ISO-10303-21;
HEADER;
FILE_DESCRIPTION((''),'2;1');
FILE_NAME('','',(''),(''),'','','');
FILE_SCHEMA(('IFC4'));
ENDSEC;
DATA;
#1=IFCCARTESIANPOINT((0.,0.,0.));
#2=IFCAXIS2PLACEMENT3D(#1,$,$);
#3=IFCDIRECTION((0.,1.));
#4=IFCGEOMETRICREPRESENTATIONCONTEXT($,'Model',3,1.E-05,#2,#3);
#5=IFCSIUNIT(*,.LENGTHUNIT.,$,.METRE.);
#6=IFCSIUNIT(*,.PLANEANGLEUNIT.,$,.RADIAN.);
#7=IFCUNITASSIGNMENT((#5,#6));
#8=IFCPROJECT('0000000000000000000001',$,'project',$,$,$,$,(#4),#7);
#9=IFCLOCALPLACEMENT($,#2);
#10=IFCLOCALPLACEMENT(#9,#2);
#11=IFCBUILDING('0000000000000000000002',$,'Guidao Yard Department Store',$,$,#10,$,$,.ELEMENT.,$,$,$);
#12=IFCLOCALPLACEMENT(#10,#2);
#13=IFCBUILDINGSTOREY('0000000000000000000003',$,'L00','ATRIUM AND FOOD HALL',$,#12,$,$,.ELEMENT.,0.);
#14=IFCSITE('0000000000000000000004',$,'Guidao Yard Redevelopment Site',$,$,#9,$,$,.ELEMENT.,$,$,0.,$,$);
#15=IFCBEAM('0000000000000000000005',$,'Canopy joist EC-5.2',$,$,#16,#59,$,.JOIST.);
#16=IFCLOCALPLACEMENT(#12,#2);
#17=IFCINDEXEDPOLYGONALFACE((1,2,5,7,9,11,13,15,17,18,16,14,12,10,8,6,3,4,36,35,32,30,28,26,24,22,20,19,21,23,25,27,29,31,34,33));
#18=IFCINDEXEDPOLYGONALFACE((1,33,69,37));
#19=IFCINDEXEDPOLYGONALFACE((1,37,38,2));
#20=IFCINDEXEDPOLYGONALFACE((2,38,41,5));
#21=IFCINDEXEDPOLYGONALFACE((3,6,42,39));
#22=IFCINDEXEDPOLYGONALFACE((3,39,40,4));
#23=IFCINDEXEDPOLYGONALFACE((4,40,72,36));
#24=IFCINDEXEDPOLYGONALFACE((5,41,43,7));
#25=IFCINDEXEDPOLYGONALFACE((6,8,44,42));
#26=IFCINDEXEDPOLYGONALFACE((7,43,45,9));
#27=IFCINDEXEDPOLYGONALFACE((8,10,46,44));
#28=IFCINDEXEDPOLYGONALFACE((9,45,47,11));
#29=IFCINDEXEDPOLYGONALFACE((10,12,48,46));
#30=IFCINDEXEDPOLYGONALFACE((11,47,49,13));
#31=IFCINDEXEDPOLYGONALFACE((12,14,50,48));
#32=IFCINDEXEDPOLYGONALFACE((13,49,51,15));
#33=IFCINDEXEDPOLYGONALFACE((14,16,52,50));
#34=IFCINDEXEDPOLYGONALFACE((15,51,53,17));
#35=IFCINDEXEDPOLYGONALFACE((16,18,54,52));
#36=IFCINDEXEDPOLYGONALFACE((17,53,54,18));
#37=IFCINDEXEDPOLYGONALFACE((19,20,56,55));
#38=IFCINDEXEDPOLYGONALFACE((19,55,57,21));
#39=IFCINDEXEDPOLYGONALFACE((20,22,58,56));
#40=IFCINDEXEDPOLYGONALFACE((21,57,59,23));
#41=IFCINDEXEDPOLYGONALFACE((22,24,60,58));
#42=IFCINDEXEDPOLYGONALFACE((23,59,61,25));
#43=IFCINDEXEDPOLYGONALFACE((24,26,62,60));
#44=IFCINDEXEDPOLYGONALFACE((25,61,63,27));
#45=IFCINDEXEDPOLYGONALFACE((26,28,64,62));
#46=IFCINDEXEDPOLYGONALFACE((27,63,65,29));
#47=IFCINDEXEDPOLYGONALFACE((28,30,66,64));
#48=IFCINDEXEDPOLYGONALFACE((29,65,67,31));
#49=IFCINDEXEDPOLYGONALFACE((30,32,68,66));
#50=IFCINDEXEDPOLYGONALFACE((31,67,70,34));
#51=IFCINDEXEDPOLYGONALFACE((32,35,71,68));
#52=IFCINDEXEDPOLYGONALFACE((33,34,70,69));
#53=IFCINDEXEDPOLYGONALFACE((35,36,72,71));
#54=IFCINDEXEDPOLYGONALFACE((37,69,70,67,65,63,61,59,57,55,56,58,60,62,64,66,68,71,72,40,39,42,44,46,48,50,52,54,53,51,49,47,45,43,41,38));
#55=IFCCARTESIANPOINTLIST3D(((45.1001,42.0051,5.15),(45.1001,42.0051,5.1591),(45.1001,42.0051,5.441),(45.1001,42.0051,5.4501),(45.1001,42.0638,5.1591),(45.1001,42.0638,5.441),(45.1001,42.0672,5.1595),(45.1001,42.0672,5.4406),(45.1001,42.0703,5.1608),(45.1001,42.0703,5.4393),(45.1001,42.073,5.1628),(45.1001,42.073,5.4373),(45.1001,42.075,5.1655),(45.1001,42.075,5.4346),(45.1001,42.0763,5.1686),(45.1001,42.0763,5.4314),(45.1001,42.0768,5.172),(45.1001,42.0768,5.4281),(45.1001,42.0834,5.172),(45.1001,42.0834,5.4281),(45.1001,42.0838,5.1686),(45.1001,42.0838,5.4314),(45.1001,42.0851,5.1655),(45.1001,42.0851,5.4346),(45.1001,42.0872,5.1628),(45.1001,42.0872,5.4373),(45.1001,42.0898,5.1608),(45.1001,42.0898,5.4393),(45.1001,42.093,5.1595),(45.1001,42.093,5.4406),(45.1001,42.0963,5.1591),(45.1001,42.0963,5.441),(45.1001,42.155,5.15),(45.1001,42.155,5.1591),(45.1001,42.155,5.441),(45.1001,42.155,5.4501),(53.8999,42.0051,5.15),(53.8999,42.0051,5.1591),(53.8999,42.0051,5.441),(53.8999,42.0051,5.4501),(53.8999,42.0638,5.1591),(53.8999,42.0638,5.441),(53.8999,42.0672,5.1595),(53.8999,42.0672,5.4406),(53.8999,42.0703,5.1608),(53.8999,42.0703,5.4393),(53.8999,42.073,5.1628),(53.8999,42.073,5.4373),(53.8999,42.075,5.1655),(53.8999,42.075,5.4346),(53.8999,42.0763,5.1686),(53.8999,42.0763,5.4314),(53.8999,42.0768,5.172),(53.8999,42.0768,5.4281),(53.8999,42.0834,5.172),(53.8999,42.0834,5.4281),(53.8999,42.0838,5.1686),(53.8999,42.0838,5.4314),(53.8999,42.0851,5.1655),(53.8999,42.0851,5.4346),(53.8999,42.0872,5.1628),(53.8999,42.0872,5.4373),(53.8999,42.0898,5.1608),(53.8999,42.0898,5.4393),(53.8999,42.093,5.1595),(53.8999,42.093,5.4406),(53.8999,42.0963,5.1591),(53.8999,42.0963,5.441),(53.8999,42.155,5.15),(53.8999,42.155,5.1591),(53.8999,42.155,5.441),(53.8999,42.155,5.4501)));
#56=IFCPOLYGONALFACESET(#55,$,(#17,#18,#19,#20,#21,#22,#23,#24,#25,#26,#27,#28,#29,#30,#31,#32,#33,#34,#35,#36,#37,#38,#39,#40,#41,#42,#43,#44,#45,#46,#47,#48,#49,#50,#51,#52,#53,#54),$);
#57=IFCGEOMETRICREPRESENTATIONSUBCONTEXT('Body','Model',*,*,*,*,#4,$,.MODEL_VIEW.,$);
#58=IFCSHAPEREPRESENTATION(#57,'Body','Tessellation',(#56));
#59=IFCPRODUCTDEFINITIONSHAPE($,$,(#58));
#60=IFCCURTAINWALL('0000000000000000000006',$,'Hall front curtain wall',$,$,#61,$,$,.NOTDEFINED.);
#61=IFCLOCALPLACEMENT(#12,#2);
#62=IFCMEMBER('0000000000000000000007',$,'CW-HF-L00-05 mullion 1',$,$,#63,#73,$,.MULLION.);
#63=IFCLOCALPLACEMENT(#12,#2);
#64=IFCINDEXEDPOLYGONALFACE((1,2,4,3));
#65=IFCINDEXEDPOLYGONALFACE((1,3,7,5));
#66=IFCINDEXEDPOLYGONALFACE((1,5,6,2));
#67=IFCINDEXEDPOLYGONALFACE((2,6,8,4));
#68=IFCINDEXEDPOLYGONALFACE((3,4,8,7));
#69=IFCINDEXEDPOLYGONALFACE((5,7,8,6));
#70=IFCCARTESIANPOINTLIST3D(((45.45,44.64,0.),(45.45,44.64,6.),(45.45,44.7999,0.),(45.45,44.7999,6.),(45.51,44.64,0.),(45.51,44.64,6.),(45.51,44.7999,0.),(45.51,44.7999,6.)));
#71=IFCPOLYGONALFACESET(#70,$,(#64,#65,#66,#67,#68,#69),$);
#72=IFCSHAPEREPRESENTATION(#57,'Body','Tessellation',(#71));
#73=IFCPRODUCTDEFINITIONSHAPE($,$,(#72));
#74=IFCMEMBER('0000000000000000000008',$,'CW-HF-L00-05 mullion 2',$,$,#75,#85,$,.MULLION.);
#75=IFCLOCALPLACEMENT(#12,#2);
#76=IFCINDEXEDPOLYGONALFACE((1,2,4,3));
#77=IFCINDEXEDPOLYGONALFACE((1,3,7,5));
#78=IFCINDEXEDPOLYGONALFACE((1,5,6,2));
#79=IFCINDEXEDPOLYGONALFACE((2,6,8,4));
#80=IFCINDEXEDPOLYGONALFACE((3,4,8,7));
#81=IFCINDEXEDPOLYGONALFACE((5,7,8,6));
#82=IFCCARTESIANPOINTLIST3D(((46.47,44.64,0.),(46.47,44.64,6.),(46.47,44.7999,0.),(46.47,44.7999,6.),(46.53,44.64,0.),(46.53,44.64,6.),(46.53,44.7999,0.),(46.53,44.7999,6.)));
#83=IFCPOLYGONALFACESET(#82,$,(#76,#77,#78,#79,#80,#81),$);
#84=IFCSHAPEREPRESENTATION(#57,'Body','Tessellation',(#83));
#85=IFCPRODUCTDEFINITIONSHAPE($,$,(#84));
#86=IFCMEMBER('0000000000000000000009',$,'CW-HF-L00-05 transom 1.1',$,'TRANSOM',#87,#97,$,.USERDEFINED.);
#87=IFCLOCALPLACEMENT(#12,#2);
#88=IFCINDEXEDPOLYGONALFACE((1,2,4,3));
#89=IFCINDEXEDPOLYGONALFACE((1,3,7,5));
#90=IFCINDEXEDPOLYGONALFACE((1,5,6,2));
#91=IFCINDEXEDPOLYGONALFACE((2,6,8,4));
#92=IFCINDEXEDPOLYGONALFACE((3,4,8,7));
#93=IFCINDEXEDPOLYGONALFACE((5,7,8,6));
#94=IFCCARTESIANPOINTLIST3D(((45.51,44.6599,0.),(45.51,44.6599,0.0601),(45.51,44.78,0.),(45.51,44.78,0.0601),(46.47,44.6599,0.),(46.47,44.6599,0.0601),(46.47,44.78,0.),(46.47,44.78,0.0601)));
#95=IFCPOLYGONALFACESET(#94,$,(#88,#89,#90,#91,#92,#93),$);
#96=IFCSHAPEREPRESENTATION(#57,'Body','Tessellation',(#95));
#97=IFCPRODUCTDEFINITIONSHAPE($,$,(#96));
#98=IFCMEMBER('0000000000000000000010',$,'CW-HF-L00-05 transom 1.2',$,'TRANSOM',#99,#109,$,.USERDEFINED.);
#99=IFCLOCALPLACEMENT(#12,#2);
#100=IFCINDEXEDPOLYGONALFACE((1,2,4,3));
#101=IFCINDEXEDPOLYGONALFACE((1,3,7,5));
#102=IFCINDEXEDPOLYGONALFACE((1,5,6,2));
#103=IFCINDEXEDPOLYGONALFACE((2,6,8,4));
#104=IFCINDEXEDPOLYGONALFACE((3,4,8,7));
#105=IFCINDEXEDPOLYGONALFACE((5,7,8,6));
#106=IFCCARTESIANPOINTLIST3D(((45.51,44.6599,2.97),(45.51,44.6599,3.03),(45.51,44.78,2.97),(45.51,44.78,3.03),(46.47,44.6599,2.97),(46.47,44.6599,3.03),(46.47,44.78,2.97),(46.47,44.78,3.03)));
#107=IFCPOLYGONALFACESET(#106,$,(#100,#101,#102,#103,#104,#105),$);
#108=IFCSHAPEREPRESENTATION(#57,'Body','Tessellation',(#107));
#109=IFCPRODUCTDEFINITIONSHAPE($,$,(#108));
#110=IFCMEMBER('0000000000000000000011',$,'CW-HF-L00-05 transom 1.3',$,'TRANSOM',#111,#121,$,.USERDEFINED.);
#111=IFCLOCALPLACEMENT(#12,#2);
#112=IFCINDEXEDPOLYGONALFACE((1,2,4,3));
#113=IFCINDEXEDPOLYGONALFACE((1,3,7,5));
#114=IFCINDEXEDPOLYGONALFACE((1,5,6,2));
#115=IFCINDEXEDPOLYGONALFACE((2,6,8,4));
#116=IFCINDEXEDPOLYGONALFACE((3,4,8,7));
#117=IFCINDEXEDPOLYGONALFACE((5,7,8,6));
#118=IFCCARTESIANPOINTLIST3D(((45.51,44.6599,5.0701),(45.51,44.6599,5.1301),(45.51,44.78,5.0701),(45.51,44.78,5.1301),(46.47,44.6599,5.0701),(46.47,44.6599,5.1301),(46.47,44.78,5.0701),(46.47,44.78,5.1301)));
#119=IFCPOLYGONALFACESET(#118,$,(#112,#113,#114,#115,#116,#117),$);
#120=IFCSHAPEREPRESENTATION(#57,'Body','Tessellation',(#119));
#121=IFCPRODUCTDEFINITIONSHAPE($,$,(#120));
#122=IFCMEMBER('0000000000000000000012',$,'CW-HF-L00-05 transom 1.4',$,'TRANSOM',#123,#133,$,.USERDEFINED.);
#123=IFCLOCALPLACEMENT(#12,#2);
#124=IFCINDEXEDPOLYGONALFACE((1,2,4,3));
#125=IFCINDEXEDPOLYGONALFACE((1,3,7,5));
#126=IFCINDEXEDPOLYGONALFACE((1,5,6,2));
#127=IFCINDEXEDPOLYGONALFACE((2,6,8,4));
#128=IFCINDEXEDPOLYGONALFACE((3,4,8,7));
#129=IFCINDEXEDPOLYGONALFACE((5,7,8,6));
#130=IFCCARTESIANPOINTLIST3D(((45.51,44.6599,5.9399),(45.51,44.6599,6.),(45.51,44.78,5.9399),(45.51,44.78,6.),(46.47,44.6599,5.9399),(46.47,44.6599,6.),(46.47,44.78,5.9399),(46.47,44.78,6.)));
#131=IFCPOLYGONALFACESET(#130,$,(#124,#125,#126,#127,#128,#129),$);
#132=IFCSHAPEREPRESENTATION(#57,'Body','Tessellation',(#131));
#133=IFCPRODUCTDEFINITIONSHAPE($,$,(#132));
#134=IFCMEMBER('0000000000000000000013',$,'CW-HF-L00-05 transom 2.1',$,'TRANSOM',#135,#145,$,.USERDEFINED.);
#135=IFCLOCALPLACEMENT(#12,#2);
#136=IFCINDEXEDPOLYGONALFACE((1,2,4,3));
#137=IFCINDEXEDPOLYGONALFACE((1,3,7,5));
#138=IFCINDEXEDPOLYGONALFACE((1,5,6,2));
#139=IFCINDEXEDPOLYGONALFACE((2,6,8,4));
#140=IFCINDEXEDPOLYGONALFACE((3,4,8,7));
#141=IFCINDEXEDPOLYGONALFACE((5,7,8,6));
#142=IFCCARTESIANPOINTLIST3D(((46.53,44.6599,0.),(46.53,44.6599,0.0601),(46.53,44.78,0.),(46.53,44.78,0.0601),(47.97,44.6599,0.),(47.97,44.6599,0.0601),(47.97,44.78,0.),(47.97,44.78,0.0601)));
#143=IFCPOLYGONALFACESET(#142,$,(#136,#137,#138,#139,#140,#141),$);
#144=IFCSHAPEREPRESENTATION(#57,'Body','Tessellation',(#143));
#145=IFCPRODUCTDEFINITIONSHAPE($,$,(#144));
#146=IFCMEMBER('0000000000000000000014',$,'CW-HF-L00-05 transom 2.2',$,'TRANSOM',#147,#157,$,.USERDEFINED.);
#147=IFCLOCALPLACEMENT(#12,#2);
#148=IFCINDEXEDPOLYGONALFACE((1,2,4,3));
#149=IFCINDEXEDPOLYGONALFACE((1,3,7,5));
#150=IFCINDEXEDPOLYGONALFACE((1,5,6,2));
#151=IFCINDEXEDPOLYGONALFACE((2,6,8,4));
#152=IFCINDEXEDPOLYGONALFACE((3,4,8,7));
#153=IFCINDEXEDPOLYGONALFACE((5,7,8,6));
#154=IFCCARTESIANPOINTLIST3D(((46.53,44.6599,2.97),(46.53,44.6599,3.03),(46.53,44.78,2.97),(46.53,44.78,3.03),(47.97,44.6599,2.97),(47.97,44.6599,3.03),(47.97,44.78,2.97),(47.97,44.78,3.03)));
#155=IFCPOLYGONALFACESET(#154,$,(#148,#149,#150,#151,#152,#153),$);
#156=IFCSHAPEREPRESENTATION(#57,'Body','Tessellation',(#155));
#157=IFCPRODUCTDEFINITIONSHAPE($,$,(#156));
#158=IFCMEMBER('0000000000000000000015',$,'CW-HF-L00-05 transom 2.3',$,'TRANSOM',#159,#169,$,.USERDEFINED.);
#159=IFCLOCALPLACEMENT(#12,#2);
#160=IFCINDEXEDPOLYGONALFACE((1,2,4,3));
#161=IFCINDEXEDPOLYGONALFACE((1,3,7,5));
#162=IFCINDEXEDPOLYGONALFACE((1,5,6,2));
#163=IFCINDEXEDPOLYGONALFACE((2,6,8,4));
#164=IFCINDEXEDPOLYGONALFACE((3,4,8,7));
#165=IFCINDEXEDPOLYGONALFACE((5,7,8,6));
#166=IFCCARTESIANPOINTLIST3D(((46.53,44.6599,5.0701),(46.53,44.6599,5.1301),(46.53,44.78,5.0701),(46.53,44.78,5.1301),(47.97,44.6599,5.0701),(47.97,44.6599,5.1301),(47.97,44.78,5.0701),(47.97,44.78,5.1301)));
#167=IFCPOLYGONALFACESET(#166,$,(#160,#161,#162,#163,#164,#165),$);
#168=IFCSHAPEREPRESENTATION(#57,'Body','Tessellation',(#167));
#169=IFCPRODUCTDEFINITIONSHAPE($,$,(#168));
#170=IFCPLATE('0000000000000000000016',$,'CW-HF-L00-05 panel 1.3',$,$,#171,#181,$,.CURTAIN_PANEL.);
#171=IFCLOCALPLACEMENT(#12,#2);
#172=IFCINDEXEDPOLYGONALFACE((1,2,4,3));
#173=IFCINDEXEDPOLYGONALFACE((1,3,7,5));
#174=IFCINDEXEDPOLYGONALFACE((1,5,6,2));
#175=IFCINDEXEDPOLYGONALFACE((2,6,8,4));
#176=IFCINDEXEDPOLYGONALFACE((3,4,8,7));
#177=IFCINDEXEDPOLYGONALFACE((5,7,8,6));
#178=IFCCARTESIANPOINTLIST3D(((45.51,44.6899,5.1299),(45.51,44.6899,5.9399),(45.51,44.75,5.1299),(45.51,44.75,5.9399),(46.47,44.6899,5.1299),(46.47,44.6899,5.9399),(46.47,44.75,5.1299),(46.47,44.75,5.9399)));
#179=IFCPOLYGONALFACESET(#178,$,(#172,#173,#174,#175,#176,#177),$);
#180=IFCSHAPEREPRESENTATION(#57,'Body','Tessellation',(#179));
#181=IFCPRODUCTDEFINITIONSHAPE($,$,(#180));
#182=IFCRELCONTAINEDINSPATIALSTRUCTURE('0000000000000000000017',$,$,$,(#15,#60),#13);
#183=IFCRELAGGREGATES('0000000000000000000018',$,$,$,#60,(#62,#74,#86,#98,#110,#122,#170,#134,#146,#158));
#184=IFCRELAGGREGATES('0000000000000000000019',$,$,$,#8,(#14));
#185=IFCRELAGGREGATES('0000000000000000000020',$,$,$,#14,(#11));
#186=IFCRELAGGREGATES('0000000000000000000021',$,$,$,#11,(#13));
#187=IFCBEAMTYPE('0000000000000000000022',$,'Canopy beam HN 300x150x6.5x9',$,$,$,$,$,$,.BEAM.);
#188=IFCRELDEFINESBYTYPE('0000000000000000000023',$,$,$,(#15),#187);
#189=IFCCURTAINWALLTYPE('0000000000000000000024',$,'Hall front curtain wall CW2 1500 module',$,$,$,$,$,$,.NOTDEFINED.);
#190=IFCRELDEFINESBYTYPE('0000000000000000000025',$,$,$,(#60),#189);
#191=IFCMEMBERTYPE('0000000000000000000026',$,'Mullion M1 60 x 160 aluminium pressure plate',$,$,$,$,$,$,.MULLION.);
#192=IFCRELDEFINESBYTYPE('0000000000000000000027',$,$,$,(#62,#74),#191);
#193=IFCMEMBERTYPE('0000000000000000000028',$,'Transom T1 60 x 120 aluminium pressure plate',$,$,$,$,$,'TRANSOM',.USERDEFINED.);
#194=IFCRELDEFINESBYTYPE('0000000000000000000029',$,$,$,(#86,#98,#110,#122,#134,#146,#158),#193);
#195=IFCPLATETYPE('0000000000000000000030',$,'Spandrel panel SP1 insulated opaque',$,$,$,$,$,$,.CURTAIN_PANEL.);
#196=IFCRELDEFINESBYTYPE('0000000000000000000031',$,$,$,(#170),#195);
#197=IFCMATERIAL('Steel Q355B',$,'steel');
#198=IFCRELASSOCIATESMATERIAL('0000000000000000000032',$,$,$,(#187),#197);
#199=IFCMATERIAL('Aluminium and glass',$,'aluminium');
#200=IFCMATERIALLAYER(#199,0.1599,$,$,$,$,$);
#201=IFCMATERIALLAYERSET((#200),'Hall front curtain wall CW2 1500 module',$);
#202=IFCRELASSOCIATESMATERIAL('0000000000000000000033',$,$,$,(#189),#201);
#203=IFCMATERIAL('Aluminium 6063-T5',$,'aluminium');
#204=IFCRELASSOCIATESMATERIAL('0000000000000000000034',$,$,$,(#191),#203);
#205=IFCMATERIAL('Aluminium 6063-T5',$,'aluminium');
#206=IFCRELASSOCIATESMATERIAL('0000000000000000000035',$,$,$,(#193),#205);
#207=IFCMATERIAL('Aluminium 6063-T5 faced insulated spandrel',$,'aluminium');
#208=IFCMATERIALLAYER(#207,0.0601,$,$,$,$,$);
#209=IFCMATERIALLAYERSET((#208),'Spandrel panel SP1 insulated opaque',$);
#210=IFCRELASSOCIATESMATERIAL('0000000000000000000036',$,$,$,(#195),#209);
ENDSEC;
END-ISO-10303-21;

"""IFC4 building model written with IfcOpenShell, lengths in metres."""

from ifc_helpers import new_model, si_unit, direction, frame, origin, origin_2d, place, context, subcontext, project, spatial, rectangle, i_section, extrude, material, layer, layer_set, material_profile, profile_set, type_object, element, aggregate, save


model = new_model("IFC4")

# Units and contexts
model_context = context("Model", 3, precision=1e-05, world=origin(), true_north=direction((0.0, 1.0)))
body_context = subcontext(model_context, "Body", "Model", "MODEL_VIEW")
ifc_project = project(units=[si_unit("LENGTHUNIT", "METRE"), si_unit("PLANEANGLEUNIT", "RADIAN")], contexts=[model_context])

# Site, building, storey
site_placement = place(None, origin())
site = spatial("IfcSite", under=ifc_project, at=site_placement, Name="Guidao Yard Redevelopment Site", CompositionType="ELEMENT", RefElevation=0.0)
building_placement = place(site_placement, origin())
building = spatial("IfcBuilding", under=site, at=building_placement, Name="Guidao Yard Department Store", CompositionType="ELEMENT")
storey_placement = place(building_placement, origin())
storey = spatial("IfcBuildingStorey", under=building, at=storey_placement, Name="L00", Description="ATRIUM AND FOOD HALL", CompositionType="ELEMENT", Elevation=0.0)

# Beam
ifc_material_1 = material(Name="Steel Q355B", Category="steel")
ifc_material_profile_1 = material_profile(ifc_material_1, i_section(OverallWidth=0.1499, OverallDepth=0.3, WebThickness=0.0066, FlangeThickness=0.009, FilletRadius=0.0129, at=origin_2d()), Name="HN 300x150x6.5x9")
ifc_profile_set_1 = profile_set([ifc_material_profile_1], Name="Steel Q355B")
beam_type = type_object("IfcBeamType", Name="Canopy beam HN 300x150x6.5x9", PredefinedType="BEAM", material=ifc_profile_set_1)
for number, where, z_axis, x_axis, name in (
    (1, (45.1001, 42.0801, 5.3), (1.0, 0.0, 0.0), (0.0, 1.0, 0.0), "Canopy joist EC-5.2"),
):
    element("IfcBeam", number, at=place(storey_placement, frame(where, z_axis=z_axis, x_axis=x_axis)), inside=storey, type_object=beam_type, Name=name, PredefinedType="JOIST", context=body_context, shape_type="SweptSolid", body=[
        extrude(i_section(OverallWidth=0.1499, OverallDepth=0.3, WebThickness=0.0066, FlangeThickness=0.009, FilletRadius=0.0129, at=origin_2d()), origin(), (0.0, 0.0, 1.0), 8.7998),
    ])

# Curtain wall, members, plate
ifc_material_2 = material(Name="Aluminium and glass", Category="aluminium")
ifc_layer_1 = layer(ifc_material_2, 0.1599)
ifc_layer_set_1 = layer_set([ifc_layer_1], Name="Hall front curtain wall CW2 1500 module")
curtain_wall_type = type_object("IfcCurtainWallType", Name="Hall front curtain wall CW2 1500 module", PredefinedType="NOTDEFINED", material=ifc_layer_set_1)
curtain_wall_placement = place(storey_placement, origin())
curtain_wall = element("IfcCurtainWall", 2, at=curtain_wall_placement, inside=storey, type_object=curtain_wall_type, Name="Hall front curtain wall", PredefinedType="NOTDEFINED")
ifc_material_3 = material(Name="Aluminium 6063-T5", Category="aluminium")
ifc_material_profile_2 = material_profile(ifc_material_3, rectangle(XDim=0.0601, YDim=0.1599, at=origin_2d()), Name="Mullion M1 60 x 160 aluminium pressure plate")
ifc_profile_set_2 = profile_set([ifc_material_profile_2], Name="Aluminium 6063-T5")
member_type_1 = type_object("IfcMemberType", Name="Mullion M1 60 x 160 aluminium pressure plate", PredefinedType="MULLION", material=ifc_profile_set_2)
member_1_placement = place(storey_placement, frame((45.48, 44.72, 0.0), z_axis=(0.0, 0.0, 1.0), x_axis=(-1.0, 0.0, 0.0)))
member_1 = element("IfcMember", 3, at=member_1_placement, type_object=member_type_1, Name="CW-HF-L00-05 mullion 1", PredefinedType="MULLION", context=body_context, shape_type="SweptSolid", body=[
    extrude(rectangle(XDim=0.0601, YDim=0.1599, at=origin_2d()), origin(), (0.0, 0.0, 1.0), 6.0),
])
member_2_placement = place(storey_placement, frame((46.5, 44.72, 0.0), z_axis=(0.0, 0.0, 1.0), x_axis=(-1.0, 0.0, 0.0)))
member_2 = element("IfcMember", 4, at=member_2_placement, type_object=member_type_1, Name="CW-HF-L00-05 mullion 2", PredefinedType="MULLION", context=body_context, shape_type="SweptSolid", body=[
    extrude(rectangle(XDim=0.0601, YDim=0.1599, at=origin_2d()), origin(), (0.0, 0.0, 1.0), 6.0),
])
ifc_material_4 = material(Name="Aluminium 6063-T5", Category="aluminium")
ifc_material_profile_3 = material_profile(ifc_material_4, rectangle(XDim=0.1201, YDim=0.0601, at=origin_2d()), Name="Transom T1 60 x 120 aluminium pressure plate")
ifc_profile_set_3 = profile_set([ifc_material_profile_3], Name="Aluminium 6063-T5")
member_type_2 = type_object("IfcMemberType", Name="Transom T1 60 x 120 aluminium pressure plate", ElementType="TRANSOM", PredefinedType="USERDEFINED", material=ifc_profile_set_3)
member_3_placement = place(storey_placement, frame((46.47, 44.72, 0.03), z_axis=(-1.0, 0.0, 0.0), x_axis=(0.0, -1.0, 0.0)))
member_3 = element("IfcMember", 5, at=member_3_placement, type_object=member_type_2, Name="CW-HF-L00-05 transom 1.1", ObjectType="TRANSOM", PredefinedType="USERDEFINED", context=body_context, shape_type="SweptSolid", body=[
    extrude(rectangle(XDim=0.1201, YDim=0.0601, at=origin_2d()), origin(), (0.0, 0.0, 1.0), 0.96),
])
member_4_placement = place(storey_placement, frame((46.47, 44.72, 3.0), z_axis=(-1.0, 0.0, 0.0), x_axis=(0.0, -1.0, 0.0)))
member_4 = element("IfcMember", 6, at=member_4_placement, type_object=member_type_2, Name="CW-HF-L00-05 transom 1.2", ObjectType="TRANSOM", PredefinedType="USERDEFINED", context=body_context, shape_type="SweptSolid", body=[
    extrude(rectangle(XDim=0.1201, YDim=0.0601, at=origin_2d()), origin(), (0.0, 0.0, 1.0), 0.96),
])
member_5_placement = place(storey_placement, frame((46.47, 44.72, 5.1001), z_axis=(-1.0, 0.0, 0.0), x_axis=(0.0, -1.0, 0.0)))
member_5 = element("IfcMember", 7, at=member_5_placement, type_object=member_type_2, Name="CW-HF-L00-05 transom 1.3", ObjectType="TRANSOM", PredefinedType="USERDEFINED", context=body_context, shape_type="SweptSolid", body=[
    extrude(rectangle(XDim=0.1201, YDim=0.0601, at=origin_2d()), origin(), (0.0, 0.0, 1.0), 0.96),
])
member_6_placement = place(storey_placement, frame((46.47, 44.72, 5.97), z_axis=(-1.0, 0.0, 0.0), x_axis=(0.0, -1.0, 0.0)))
member_6 = element("IfcMember", 8, at=member_6_placement, type_object=member_type_2, Name="CW-HF-L00-05 transom 1.4", ObjectType="TRANSOM", PredefinedType="USERDEFINED", context=body_context, shape_type="SweptSolid", body=[
    extrude(rectangle(XDim=0.1201, YDim=0.0601, at=origin_2d()), origin(), (0.0, 0.0, 1.0), 0.96),
])
member_7_placement = place(storey_placement, frame((47.97, 44.72, 0.03), z_axis=(-1.0, 0.0, 0.0), x_axis=(0.0, -1.0, 0.0)))
member_7 = element("IfcMember", 9, at=member_7_placement, type_object=member_type_2, Name="CW-HF-L00-05 transom 2.1", ObjectType="TRANSOM", PredefinedType="USERDEFINED", context=body_context, shape_type="SweptSolid", body=[
    extrude(rectangle(XDim=0.1201, YDim=0.0601, at=origin_2d()), origin(), (0.0, 0.0, 1.0), 1.4399),
])
member_8_placement = place(storey_placement, frame((47.97, 44.72, 3.0), z_axis=(-1.0, 0.0, 0.0), x_axis=(0.0, -1.0, 0.0)))
member_8 = element("IfcMember", 10, at=member_8_placement, type_object=member_type_2, Name="CW-HF-L00-05 transom 2.2", ObjectType="TRANSOM", PredefinedType="USERDEFINED", context=body_context, shape_type="SweptSolid", body=[
    extrude(rectangle(XDim=0.1201, YDim=0.0601, at=origin_2d()), origin(), (0.0, 0.0, 1.0), 1.4399),
])
member_9_placement = place(storey_placement, frame((47.97, 44.72, 5.1001), z_axis=(-1.0, 0.0, 0.0), x_axis=(0.0, -1.0, 0.0)))
member_9 = element("IfcMember", 11, at=member_9_placement, type_object=member_type_2, Name="CW-HF-L00-05 transom 2.3", ObjectType="TRANSOM", PredefinedType="USERDEFINED", context=body_context, shape_type="SweptSolid", body=[
    extrude(rectangle(XDim=0.1201, YDim=0.0601, at=origin_2d()), origin(), (0.0, 0.0, 1.0), 1.4399),
])
ifc_material_5 = material(Name="Aluminium 6063-T5 faced insulated spandrel", Category="aluminium")
ifc_layer_2 = layer(ifc_material_5, 0.0601)
ifc_layer_set_2 = layer_set([ifc_layer_2], Name="Spandrel panel SP1 insulated opaque")
plate_type_1 = type_object("IfcPlateType", Name="Spandrel panel SP1 insulated opaque", PredefinedType="CURTAIN_PANEL", material=ifc_layer_set_2)
plate_1_placement = place(storey_placement, frame((45.99, 44.72, 5.1299), z_axis=(0.0, 0.0, 1.0), x_axis=(-1.0, 0.0, 0.0)))
plate_1 = element("IfcPlate", 12, at=plate_1_placement, type_object=plate_type_1, Name="CW-HF-L00-05 panel 1.3", PredefinedType="CURTAIN_PANEL", context=body_context, shape_type="SweptSolid", body=[
    extrude(rectangle(XDim=0.96, YDim=0.0601, at=origin_2d()), origin(), (0.0, 0.0, 1.0), 0.8101),
])
aggregate(curtain_wall, [member_1, member_2, member_3, member_4, member_5, member_6, plate_1, member_7, member_8, member_9])

save(model, "model.ifc")
